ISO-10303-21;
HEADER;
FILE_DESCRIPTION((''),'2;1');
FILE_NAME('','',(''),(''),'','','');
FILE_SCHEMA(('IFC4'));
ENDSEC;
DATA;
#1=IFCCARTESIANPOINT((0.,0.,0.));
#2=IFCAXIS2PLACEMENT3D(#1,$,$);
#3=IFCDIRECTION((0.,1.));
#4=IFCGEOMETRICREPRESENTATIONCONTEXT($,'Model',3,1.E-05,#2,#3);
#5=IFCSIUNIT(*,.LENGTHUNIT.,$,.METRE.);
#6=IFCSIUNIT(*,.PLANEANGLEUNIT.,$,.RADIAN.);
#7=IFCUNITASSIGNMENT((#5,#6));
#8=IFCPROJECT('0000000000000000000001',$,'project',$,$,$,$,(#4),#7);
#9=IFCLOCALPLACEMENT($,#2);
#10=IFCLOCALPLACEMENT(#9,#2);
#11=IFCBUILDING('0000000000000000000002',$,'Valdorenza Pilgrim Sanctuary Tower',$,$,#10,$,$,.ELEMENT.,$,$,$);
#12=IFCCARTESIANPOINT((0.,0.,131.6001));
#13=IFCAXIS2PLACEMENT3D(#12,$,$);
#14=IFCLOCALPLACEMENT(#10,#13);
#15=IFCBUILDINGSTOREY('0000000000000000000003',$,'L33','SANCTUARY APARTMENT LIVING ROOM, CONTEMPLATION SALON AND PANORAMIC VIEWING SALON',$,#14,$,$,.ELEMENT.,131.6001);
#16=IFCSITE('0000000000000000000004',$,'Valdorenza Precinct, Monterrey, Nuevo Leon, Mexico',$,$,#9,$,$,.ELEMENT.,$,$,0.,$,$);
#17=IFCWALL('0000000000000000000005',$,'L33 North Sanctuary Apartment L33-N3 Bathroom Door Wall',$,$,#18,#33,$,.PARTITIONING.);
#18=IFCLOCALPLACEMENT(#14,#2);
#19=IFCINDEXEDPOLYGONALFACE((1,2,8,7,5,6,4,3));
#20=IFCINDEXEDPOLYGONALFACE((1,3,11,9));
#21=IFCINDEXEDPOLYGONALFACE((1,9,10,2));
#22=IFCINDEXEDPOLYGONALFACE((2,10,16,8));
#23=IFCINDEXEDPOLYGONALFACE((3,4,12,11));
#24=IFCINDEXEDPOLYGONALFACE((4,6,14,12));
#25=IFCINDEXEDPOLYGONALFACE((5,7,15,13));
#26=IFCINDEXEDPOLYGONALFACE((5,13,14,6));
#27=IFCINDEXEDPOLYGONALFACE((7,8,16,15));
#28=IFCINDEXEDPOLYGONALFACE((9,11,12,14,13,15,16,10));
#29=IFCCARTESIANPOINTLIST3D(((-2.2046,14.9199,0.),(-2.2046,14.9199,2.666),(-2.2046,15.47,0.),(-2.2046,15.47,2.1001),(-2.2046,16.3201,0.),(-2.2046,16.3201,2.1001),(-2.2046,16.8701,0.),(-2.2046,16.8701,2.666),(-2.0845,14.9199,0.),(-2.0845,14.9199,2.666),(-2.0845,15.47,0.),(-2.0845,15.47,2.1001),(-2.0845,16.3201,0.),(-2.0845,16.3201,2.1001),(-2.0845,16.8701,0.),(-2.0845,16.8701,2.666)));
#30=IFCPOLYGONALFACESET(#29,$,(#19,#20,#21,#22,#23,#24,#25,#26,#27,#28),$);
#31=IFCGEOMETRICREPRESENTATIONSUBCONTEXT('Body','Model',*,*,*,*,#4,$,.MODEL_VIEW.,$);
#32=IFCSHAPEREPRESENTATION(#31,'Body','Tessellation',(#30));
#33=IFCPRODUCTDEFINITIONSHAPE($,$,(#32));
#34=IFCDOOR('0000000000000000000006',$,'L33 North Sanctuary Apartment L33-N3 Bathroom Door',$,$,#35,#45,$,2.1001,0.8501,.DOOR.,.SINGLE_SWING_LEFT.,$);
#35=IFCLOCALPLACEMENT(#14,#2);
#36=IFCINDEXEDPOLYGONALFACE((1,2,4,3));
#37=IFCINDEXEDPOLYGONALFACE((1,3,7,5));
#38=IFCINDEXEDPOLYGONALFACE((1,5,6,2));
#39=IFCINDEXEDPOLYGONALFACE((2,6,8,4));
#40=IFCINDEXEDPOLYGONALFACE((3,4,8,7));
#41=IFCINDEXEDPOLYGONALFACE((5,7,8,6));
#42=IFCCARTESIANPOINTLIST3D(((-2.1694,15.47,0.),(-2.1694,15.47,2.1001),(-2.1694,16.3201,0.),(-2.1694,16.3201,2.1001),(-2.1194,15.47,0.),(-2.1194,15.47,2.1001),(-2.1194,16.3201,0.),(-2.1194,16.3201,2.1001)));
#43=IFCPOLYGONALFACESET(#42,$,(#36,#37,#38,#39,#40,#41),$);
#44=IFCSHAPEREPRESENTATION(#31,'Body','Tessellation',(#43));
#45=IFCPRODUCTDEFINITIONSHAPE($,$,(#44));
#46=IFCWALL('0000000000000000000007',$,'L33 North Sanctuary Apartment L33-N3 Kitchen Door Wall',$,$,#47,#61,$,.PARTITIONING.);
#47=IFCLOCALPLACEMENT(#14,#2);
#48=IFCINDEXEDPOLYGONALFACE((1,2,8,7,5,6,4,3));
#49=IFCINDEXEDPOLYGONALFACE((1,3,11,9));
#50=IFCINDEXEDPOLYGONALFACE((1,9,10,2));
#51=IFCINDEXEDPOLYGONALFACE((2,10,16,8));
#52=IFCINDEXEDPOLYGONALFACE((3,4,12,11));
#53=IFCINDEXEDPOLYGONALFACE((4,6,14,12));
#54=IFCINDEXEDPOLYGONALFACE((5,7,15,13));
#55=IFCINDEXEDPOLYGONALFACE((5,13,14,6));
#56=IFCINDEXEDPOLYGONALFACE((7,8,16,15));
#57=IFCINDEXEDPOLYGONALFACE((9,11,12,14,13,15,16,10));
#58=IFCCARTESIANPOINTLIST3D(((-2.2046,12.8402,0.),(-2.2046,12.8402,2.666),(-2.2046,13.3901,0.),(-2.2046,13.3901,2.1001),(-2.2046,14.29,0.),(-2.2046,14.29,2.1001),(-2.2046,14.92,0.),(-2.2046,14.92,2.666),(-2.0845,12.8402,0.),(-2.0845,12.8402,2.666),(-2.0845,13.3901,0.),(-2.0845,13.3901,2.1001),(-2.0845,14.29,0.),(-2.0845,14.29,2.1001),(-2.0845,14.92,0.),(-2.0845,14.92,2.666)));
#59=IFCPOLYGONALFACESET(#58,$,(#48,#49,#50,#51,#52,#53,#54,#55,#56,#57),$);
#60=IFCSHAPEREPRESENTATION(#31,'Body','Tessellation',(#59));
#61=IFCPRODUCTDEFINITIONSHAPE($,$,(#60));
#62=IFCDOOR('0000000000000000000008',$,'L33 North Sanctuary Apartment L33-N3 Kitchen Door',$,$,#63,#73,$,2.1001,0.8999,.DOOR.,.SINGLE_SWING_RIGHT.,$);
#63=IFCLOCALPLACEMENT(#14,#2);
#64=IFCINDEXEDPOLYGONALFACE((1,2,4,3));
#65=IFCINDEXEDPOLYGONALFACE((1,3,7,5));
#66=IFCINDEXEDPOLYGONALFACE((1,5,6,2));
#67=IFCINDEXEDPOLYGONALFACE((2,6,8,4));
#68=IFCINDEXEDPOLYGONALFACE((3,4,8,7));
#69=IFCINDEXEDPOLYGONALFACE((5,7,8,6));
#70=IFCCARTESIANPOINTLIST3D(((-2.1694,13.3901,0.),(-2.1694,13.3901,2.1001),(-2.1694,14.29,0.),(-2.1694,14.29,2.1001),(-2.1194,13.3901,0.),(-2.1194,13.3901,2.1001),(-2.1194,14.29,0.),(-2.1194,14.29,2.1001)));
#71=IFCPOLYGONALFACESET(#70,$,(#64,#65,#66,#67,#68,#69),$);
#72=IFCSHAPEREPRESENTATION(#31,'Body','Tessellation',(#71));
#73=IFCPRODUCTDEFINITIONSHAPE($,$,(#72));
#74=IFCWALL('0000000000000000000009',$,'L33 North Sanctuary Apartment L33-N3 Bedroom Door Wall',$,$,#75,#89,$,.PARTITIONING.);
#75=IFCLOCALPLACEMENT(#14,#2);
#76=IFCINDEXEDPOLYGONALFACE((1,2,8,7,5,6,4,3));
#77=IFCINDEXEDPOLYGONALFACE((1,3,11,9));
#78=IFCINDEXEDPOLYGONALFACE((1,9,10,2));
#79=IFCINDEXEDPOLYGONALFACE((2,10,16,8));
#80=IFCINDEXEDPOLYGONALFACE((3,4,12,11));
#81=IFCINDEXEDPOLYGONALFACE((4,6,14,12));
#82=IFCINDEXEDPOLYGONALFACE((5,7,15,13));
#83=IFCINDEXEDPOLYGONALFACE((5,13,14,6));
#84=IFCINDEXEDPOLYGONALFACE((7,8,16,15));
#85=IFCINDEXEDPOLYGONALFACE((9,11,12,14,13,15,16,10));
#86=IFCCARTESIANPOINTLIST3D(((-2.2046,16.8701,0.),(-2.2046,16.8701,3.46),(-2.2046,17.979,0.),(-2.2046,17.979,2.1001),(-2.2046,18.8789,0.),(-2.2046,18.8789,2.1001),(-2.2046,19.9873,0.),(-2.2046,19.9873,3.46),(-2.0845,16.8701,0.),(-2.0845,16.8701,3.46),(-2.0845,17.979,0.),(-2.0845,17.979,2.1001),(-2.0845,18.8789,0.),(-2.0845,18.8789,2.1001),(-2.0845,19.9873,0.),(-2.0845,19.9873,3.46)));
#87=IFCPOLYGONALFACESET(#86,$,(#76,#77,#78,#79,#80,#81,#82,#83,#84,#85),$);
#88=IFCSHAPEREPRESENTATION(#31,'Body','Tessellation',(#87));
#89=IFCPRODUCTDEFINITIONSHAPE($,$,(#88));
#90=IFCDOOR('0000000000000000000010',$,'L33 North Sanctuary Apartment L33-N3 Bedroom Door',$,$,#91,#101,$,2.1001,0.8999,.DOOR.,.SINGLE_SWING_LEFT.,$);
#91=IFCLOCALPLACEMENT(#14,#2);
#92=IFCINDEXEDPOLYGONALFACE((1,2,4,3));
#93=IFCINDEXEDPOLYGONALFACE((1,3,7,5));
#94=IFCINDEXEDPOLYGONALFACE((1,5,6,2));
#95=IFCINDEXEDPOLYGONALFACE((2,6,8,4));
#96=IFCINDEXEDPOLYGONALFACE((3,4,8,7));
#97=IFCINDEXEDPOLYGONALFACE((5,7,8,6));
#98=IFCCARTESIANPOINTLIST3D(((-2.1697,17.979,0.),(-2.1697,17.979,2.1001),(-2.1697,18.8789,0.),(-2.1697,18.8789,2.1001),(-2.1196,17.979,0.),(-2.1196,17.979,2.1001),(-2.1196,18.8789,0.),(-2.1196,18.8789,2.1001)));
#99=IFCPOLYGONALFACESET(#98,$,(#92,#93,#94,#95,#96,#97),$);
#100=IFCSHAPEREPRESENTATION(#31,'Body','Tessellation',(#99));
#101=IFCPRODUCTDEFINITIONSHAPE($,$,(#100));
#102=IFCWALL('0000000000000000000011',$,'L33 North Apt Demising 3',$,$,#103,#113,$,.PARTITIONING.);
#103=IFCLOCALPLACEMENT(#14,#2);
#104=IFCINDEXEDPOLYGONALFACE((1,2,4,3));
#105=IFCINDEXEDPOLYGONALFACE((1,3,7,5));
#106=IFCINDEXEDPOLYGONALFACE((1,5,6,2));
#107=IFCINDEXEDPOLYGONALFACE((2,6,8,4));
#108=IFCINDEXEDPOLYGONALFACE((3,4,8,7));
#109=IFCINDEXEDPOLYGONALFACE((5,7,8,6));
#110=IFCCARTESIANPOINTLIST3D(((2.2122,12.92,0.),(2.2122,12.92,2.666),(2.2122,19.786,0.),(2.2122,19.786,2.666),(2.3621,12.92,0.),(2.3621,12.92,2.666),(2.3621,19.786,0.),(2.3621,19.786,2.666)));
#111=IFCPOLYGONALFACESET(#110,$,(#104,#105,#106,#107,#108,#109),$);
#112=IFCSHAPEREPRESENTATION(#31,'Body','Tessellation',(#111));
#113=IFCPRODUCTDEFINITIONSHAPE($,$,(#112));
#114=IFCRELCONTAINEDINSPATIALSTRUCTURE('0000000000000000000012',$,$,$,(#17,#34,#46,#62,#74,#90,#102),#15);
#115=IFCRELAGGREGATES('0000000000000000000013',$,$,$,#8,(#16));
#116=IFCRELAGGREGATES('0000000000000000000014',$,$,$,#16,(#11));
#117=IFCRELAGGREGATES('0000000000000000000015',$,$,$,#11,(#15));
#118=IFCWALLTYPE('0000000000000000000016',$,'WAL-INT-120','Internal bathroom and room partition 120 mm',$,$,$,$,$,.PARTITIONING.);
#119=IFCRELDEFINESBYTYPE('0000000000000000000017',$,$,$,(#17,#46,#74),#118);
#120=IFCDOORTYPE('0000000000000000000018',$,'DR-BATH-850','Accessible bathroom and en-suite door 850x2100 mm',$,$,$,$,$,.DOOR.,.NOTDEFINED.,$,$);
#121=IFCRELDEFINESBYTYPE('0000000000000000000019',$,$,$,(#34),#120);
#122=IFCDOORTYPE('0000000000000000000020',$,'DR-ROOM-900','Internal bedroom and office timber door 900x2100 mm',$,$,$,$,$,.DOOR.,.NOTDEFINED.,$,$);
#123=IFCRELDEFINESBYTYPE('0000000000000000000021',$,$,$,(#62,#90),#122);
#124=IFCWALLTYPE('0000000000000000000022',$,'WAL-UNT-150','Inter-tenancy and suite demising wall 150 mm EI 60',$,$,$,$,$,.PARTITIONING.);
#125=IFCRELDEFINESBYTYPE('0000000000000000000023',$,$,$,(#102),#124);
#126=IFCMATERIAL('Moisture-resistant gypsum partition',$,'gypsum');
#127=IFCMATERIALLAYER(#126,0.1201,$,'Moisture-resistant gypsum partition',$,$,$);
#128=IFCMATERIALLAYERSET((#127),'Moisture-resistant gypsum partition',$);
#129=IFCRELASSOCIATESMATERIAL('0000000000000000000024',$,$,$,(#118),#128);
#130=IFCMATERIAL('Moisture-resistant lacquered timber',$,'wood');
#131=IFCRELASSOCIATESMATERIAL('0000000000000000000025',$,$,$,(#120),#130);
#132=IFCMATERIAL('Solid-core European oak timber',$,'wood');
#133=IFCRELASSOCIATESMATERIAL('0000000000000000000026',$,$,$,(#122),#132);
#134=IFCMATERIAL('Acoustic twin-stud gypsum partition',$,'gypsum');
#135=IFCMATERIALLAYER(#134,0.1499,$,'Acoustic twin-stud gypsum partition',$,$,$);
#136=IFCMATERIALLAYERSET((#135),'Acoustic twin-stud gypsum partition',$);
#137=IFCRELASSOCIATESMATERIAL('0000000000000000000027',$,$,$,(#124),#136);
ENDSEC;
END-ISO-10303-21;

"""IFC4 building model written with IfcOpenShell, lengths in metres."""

from ifc_helpers import new_model, si_unit, direction, frame, frame_2d, origin, place, context, subcontext, project, spatial, rectangle, extrude, material, layer, layer_set, type_object, element, fill, save


model = new_model("IFC4")

# Units and contexts
model_context = context("Model", 3, precision=1e-05, world=origin(), true_north=direction((0.0, 1.0)))
body_context = subcontext(model_context, "Body", "Model", "MODEL_VIEW")
ifc_project = project(units=[si_unit("LENGTHUNIT", "METRE"), si_unit("PLANEANGLEUNIT", "RADIAN")], contexts=[model_context])

# Site, building, storey
site_placement = place(None, origin())
site = spatial("IfcSite", under=ifc_project, at=site_placement, Name="Valdorenza Precinct, Monterrey, Nuevo Leon, Mexico", CompositionType="ELEMENT", RefElevation=0.0)
building_placement = place(site_placement, origin())
building = spatial("IfcBuilding", under=site, at=building_placement, Name="Valdorenza Pilgrim Sanctuary Tower", CompositionType="ELEMENT")
storey_placement = place(building_placement, frame((0.0, 0.0, 131.6001)))
storey = spatial("IfcBuildingStorey", under=building, at=storey_placement, Name="L33", Description="SANCTUARY APARTMENT LIVING ROOM, CONTEMPLATION SALON AND PANORAMIC VIEWING SALON", CompositionType="ELEMENT", Elevation=131.6001)

# Shared definitions
ifc_material_1 = material(Name="Moisture-resistant gypsum partition", Category="gypsum")
ifc_layer_1 = layer(ifc_material_1, 0.1201, Name="Moisture-resistant gypsum partition")
ifc_layer_set_1 = layer_set([ifc_layer_1], Name="Moisture-resistant gypsum partition")
wall_type_1 = type_object("IfcWallType", Name="WAL-INT-120", Description="Internal bathroom and room partition 120 mm", PredefinedType="PARTITIONING", material=ifc_layer_set_1)

# Walls, openings, doors
wall_1_placement = place(storey_placement, frame((-2.1445, 14.9199, 0.0), z_axis=(0.0, 0.0, 1.0), x_axis=(0.0, 1.0, 0.0)))
wall_1 = element("IfcWall", 1, at=wall_1_placement, inside=storey, type_object=wall_type_1, Name="L33 North Sanctuary Apartment L33-N3 Bathroom Door Wall", PredefinedType="PARTITIONING", context=body_context, shape_type="SweptSolid", body=[
    extrude(rectangle(XDim=1.9502, YDim=0.1201, at=frame_2d((0.9751, 0.0))), origin(), (0.0, 0.0, 1.0), 2.666),
])
opening_1_placement = place(wall_1_placement, frame((0.55, 0.0, 0.0)))
opening_1 = element("IfcOpeningElement", 2, at=opening_1_placement, cuts=wall_1, PredefinedType="OPENING", context=body_context, shape_type="SweptSolid", body=[
    extrude(rectangle(XDim=0.8501, YDim=2.1001, at=frame_2d((0.425, 1.05))), frame((0.0, 0.075, 0.0), z_axis=(0.0, -1.0, 0.0), x_axis=(1.0, 0.0, 0.0)), (0.0, 0.0, 1.0), 0.1499),
])
ifc_material_2 = material(Name="Moisture-resistant lacquered timber", Category="wood")
door_type_1 = type_object("IfcDoorType", Name="DR-BATH-850", Description="Accessible bathroom and en-suite door 850x2100 mm", OperationType="NOTDEFINED", PredefinedType="DOOR", material=ifc_material_2)
door_1_placement = place(opening_1_placement, origin())
door_1 = element("IfcDoor", 3, at=door_1_placement, inside=storey, type_object=door_type_1, Name="L33 North Sanctuary Apartment L33-N3 Bathroom Door", OperationType="SINGLE_SWING_LEFT", OverallHeight=2.1001, OverallWidth=0.8501, PredefinedType="DOOR", context=body_context, shape_type="SweptSolid", body=[
    extrude(rectangle(XDim=0.8501, YDim=2.1001, at=frame_2d((0.425, 1.05))), frame((0.0, 0.0249, 0.0), z_axis=(0.0, -1.0, 0.0), x_axis=(1.0, 0.0, 0.0)), (0.0, 0.0, 1.0), 0.05),
])
fill(opening_1, door_1)
wall_2_placement = place(storey_placement, frame((-2.1445, 12.8401, 0.0), z_axis=(0.0, 0.0, 1.0), x_axis=(0.0, 1.0, 0.0)))
wall_2 = element("IfcWall", 4, at=wall_2_placement, inside=storey, type_object=wall_type_1, Name="L33 North Sanctuary Apartment L33-N3 Kitchen Door Wall", PredefinedType="PARTITIONING", context=body_context, shape_type="SweptSolid", body=[
    extrude(rectangle(XDim=2.0798, YDim=0.1201, at=frame_2d((1.04, 0.0))), origin(), (0.0, 0.0, 1.0), 2.666),
])
opening_2_placement = place(wall_2_placement, frame((0.55, 0.0, 0.0)))
opening_2 = element("IfcOpeningElement", 5, at=opening_2_placement, cuts=wall_2, PredefinedType="OPENING", context=body_context, shape_type="SweptSolid", body=[
    extrude(rectangle(XDim=0.8999, YDim=2.1001, at=frame_2d((0.45, 1.05))), frame((0.0, 0.075, 0.0), z_axis=(0.0, -1.0, 0.0), x_axis=(1.0, 0.0, 0.0)), (0.0, 0.0, 1.0), 0.1499),
])
ifc_material_3 = material(Name="Solid-core European oak timber", Category="wood")
door_type_2 = type_object("IfcDoorType", Name="DR-ROOM-900", Description="Internal bedroom and office timber door 900x2100 mm", OperationType="NOTDEFINED", PredefinedType="DOOR", material=ifc_material_3)
door_2_placement = place(opening_2_placement, origin())
door_2 = element("IfcDoor", 6, at=door_2_placement, inside=storey, type_object=door_type_2, Name="L33 North Sanctuary Apartment L33-N3 Kitchen Door", OperationType="SINGLE_SWING_RIGHT", OverallHeight=2.1001, OverallWidth=0.8999, PredefinedType="DOOR", context=body_context, shape_type="SweptSolid", body=[
    extrude(rectangle(XDim=0.8999, YDim=2.1001, at=frame_2d((0.45, 1.05))), frame((0.0, 0.0249, 0.0), z_axis=(0.0, -1.0, 0.0), x_axis=(1.0, 0.0, 0.0)), (0.0, 0.0, 1.0), 0.05),
])
fill(opening_2, door_2)
wall_3_placement = place(storey_placement, frame((-2.1445, 16.8701, 0.0), z_axis=(0.0, 0.0, 1.0), x_axis=(0.0, 1.0, 0.0)))
wall_3 = element("IfcWall", 7, at=wall_3_placement, inside=storey, type_object=wall_type_1, Name="L33 North Sanctuary Apartment L33-N3 Bedroom Door Wall", PredefinedType="PARTITIONING", context=body_context, shape_type="SweptSolid", body=[
    extrude(rectangle(XDim=3.1172, YDim=0.1201, at=frame_2d((1.5586, 0.0))), origin(), (0.0, 0.0, 1.0), 3.46),
])
opening_3_placement = place(wall_3_placement, frame((1.1089, 0.0, 0.0)))
opening_3 = element("IfcOpeningElement", 8, at=opening_3_placement, cuts=wall_3, PredefinedType="OPENING", context=body_context, shape_type="SweptSolid", body=[
    extrude(rectangle(XDim=0.8999, YDim=2.1001, at=frame_2d((0.45, 1.05))), frame((0.0, 0.075, 0.0), z_axis=(0.0, -1.0, 0.0), x_axis=(1.0, 0.0, 0.0)), (0.0, 0.0, 1.0), 0.1499),
])
door_3_placement = place(opening_3_placement, frame((0.8999, 0.0, 0.0), z_axis=(0.0, 0.0, 1.0), x_axis=(-1.0, 0.0, 0.0)))
door_3 = element("IfcDoor", 9, at=door_3_placement, inside=storey, type_object=door_type_2, Name="L33 North Sanctuary Apartment L33-N3 Bedroom Door", OperationType="SINGLE_SWING_LEFT", OverallHeight=2.1001, OverallWidth=0.8999, PredefinedType="DOOR", context=body_context, shape_type="SweptSolid", body=[
    extrude(rectangle(XDim=0.8999, YDim=2.1001, at=frame_2d((0.45, 1.05))), frame((0.0, 0.0249, 0.0), z_axis=(0.0, -1.0, 0.0), x_axis=(1.0, 0.0, 0.0)), (0.0, 0.0, 1.0), 0.05),
])
fill(opening_3, door_3)

# Wall
ifc_material_4 = material(Name="Acoustic twin-stud gypsum partition", Category="gypsum")
ifc_layer_2 = layer(ifc_material_4, 0.1499, Name="Acoustic twin-stud gypsum partition")
ifc_layer_set_2 = layer_set([ifc_layer_2], Name="Acoustic twin-stud gypsum partition")
wall_type_2 = type_object("IfcWallType", Name="WAL-UNT-150", Description="Inter-tenancy and suite demising wall 150 mm EI 60", PredefinedType="PARTITIONING", material=ifc_layer_set_2)
wall_4_placement = place(storey_placement, frame((2.2871, 12.9199, 0.0), z_axis=(0.0, 0.0, 1.0), x_axis=(0.0, 1.0, 0.0)))
element("IfcWall", 10, at=wall_4_placement, inside=storey, type_object=wall_type_2, Name="L33 North Apt Demising 3", PredefinedType="PARTITIONING", context=body_context, shape_type="SweptSolid", body=[
    extrude(rectangle(XDim=6.866, YDim=0.1499, at=frame_2d((3.4331, 0.0))), origin(), (0.0, 0.0, 1.0), 2.666),
])

save(model, "model.ifc")
